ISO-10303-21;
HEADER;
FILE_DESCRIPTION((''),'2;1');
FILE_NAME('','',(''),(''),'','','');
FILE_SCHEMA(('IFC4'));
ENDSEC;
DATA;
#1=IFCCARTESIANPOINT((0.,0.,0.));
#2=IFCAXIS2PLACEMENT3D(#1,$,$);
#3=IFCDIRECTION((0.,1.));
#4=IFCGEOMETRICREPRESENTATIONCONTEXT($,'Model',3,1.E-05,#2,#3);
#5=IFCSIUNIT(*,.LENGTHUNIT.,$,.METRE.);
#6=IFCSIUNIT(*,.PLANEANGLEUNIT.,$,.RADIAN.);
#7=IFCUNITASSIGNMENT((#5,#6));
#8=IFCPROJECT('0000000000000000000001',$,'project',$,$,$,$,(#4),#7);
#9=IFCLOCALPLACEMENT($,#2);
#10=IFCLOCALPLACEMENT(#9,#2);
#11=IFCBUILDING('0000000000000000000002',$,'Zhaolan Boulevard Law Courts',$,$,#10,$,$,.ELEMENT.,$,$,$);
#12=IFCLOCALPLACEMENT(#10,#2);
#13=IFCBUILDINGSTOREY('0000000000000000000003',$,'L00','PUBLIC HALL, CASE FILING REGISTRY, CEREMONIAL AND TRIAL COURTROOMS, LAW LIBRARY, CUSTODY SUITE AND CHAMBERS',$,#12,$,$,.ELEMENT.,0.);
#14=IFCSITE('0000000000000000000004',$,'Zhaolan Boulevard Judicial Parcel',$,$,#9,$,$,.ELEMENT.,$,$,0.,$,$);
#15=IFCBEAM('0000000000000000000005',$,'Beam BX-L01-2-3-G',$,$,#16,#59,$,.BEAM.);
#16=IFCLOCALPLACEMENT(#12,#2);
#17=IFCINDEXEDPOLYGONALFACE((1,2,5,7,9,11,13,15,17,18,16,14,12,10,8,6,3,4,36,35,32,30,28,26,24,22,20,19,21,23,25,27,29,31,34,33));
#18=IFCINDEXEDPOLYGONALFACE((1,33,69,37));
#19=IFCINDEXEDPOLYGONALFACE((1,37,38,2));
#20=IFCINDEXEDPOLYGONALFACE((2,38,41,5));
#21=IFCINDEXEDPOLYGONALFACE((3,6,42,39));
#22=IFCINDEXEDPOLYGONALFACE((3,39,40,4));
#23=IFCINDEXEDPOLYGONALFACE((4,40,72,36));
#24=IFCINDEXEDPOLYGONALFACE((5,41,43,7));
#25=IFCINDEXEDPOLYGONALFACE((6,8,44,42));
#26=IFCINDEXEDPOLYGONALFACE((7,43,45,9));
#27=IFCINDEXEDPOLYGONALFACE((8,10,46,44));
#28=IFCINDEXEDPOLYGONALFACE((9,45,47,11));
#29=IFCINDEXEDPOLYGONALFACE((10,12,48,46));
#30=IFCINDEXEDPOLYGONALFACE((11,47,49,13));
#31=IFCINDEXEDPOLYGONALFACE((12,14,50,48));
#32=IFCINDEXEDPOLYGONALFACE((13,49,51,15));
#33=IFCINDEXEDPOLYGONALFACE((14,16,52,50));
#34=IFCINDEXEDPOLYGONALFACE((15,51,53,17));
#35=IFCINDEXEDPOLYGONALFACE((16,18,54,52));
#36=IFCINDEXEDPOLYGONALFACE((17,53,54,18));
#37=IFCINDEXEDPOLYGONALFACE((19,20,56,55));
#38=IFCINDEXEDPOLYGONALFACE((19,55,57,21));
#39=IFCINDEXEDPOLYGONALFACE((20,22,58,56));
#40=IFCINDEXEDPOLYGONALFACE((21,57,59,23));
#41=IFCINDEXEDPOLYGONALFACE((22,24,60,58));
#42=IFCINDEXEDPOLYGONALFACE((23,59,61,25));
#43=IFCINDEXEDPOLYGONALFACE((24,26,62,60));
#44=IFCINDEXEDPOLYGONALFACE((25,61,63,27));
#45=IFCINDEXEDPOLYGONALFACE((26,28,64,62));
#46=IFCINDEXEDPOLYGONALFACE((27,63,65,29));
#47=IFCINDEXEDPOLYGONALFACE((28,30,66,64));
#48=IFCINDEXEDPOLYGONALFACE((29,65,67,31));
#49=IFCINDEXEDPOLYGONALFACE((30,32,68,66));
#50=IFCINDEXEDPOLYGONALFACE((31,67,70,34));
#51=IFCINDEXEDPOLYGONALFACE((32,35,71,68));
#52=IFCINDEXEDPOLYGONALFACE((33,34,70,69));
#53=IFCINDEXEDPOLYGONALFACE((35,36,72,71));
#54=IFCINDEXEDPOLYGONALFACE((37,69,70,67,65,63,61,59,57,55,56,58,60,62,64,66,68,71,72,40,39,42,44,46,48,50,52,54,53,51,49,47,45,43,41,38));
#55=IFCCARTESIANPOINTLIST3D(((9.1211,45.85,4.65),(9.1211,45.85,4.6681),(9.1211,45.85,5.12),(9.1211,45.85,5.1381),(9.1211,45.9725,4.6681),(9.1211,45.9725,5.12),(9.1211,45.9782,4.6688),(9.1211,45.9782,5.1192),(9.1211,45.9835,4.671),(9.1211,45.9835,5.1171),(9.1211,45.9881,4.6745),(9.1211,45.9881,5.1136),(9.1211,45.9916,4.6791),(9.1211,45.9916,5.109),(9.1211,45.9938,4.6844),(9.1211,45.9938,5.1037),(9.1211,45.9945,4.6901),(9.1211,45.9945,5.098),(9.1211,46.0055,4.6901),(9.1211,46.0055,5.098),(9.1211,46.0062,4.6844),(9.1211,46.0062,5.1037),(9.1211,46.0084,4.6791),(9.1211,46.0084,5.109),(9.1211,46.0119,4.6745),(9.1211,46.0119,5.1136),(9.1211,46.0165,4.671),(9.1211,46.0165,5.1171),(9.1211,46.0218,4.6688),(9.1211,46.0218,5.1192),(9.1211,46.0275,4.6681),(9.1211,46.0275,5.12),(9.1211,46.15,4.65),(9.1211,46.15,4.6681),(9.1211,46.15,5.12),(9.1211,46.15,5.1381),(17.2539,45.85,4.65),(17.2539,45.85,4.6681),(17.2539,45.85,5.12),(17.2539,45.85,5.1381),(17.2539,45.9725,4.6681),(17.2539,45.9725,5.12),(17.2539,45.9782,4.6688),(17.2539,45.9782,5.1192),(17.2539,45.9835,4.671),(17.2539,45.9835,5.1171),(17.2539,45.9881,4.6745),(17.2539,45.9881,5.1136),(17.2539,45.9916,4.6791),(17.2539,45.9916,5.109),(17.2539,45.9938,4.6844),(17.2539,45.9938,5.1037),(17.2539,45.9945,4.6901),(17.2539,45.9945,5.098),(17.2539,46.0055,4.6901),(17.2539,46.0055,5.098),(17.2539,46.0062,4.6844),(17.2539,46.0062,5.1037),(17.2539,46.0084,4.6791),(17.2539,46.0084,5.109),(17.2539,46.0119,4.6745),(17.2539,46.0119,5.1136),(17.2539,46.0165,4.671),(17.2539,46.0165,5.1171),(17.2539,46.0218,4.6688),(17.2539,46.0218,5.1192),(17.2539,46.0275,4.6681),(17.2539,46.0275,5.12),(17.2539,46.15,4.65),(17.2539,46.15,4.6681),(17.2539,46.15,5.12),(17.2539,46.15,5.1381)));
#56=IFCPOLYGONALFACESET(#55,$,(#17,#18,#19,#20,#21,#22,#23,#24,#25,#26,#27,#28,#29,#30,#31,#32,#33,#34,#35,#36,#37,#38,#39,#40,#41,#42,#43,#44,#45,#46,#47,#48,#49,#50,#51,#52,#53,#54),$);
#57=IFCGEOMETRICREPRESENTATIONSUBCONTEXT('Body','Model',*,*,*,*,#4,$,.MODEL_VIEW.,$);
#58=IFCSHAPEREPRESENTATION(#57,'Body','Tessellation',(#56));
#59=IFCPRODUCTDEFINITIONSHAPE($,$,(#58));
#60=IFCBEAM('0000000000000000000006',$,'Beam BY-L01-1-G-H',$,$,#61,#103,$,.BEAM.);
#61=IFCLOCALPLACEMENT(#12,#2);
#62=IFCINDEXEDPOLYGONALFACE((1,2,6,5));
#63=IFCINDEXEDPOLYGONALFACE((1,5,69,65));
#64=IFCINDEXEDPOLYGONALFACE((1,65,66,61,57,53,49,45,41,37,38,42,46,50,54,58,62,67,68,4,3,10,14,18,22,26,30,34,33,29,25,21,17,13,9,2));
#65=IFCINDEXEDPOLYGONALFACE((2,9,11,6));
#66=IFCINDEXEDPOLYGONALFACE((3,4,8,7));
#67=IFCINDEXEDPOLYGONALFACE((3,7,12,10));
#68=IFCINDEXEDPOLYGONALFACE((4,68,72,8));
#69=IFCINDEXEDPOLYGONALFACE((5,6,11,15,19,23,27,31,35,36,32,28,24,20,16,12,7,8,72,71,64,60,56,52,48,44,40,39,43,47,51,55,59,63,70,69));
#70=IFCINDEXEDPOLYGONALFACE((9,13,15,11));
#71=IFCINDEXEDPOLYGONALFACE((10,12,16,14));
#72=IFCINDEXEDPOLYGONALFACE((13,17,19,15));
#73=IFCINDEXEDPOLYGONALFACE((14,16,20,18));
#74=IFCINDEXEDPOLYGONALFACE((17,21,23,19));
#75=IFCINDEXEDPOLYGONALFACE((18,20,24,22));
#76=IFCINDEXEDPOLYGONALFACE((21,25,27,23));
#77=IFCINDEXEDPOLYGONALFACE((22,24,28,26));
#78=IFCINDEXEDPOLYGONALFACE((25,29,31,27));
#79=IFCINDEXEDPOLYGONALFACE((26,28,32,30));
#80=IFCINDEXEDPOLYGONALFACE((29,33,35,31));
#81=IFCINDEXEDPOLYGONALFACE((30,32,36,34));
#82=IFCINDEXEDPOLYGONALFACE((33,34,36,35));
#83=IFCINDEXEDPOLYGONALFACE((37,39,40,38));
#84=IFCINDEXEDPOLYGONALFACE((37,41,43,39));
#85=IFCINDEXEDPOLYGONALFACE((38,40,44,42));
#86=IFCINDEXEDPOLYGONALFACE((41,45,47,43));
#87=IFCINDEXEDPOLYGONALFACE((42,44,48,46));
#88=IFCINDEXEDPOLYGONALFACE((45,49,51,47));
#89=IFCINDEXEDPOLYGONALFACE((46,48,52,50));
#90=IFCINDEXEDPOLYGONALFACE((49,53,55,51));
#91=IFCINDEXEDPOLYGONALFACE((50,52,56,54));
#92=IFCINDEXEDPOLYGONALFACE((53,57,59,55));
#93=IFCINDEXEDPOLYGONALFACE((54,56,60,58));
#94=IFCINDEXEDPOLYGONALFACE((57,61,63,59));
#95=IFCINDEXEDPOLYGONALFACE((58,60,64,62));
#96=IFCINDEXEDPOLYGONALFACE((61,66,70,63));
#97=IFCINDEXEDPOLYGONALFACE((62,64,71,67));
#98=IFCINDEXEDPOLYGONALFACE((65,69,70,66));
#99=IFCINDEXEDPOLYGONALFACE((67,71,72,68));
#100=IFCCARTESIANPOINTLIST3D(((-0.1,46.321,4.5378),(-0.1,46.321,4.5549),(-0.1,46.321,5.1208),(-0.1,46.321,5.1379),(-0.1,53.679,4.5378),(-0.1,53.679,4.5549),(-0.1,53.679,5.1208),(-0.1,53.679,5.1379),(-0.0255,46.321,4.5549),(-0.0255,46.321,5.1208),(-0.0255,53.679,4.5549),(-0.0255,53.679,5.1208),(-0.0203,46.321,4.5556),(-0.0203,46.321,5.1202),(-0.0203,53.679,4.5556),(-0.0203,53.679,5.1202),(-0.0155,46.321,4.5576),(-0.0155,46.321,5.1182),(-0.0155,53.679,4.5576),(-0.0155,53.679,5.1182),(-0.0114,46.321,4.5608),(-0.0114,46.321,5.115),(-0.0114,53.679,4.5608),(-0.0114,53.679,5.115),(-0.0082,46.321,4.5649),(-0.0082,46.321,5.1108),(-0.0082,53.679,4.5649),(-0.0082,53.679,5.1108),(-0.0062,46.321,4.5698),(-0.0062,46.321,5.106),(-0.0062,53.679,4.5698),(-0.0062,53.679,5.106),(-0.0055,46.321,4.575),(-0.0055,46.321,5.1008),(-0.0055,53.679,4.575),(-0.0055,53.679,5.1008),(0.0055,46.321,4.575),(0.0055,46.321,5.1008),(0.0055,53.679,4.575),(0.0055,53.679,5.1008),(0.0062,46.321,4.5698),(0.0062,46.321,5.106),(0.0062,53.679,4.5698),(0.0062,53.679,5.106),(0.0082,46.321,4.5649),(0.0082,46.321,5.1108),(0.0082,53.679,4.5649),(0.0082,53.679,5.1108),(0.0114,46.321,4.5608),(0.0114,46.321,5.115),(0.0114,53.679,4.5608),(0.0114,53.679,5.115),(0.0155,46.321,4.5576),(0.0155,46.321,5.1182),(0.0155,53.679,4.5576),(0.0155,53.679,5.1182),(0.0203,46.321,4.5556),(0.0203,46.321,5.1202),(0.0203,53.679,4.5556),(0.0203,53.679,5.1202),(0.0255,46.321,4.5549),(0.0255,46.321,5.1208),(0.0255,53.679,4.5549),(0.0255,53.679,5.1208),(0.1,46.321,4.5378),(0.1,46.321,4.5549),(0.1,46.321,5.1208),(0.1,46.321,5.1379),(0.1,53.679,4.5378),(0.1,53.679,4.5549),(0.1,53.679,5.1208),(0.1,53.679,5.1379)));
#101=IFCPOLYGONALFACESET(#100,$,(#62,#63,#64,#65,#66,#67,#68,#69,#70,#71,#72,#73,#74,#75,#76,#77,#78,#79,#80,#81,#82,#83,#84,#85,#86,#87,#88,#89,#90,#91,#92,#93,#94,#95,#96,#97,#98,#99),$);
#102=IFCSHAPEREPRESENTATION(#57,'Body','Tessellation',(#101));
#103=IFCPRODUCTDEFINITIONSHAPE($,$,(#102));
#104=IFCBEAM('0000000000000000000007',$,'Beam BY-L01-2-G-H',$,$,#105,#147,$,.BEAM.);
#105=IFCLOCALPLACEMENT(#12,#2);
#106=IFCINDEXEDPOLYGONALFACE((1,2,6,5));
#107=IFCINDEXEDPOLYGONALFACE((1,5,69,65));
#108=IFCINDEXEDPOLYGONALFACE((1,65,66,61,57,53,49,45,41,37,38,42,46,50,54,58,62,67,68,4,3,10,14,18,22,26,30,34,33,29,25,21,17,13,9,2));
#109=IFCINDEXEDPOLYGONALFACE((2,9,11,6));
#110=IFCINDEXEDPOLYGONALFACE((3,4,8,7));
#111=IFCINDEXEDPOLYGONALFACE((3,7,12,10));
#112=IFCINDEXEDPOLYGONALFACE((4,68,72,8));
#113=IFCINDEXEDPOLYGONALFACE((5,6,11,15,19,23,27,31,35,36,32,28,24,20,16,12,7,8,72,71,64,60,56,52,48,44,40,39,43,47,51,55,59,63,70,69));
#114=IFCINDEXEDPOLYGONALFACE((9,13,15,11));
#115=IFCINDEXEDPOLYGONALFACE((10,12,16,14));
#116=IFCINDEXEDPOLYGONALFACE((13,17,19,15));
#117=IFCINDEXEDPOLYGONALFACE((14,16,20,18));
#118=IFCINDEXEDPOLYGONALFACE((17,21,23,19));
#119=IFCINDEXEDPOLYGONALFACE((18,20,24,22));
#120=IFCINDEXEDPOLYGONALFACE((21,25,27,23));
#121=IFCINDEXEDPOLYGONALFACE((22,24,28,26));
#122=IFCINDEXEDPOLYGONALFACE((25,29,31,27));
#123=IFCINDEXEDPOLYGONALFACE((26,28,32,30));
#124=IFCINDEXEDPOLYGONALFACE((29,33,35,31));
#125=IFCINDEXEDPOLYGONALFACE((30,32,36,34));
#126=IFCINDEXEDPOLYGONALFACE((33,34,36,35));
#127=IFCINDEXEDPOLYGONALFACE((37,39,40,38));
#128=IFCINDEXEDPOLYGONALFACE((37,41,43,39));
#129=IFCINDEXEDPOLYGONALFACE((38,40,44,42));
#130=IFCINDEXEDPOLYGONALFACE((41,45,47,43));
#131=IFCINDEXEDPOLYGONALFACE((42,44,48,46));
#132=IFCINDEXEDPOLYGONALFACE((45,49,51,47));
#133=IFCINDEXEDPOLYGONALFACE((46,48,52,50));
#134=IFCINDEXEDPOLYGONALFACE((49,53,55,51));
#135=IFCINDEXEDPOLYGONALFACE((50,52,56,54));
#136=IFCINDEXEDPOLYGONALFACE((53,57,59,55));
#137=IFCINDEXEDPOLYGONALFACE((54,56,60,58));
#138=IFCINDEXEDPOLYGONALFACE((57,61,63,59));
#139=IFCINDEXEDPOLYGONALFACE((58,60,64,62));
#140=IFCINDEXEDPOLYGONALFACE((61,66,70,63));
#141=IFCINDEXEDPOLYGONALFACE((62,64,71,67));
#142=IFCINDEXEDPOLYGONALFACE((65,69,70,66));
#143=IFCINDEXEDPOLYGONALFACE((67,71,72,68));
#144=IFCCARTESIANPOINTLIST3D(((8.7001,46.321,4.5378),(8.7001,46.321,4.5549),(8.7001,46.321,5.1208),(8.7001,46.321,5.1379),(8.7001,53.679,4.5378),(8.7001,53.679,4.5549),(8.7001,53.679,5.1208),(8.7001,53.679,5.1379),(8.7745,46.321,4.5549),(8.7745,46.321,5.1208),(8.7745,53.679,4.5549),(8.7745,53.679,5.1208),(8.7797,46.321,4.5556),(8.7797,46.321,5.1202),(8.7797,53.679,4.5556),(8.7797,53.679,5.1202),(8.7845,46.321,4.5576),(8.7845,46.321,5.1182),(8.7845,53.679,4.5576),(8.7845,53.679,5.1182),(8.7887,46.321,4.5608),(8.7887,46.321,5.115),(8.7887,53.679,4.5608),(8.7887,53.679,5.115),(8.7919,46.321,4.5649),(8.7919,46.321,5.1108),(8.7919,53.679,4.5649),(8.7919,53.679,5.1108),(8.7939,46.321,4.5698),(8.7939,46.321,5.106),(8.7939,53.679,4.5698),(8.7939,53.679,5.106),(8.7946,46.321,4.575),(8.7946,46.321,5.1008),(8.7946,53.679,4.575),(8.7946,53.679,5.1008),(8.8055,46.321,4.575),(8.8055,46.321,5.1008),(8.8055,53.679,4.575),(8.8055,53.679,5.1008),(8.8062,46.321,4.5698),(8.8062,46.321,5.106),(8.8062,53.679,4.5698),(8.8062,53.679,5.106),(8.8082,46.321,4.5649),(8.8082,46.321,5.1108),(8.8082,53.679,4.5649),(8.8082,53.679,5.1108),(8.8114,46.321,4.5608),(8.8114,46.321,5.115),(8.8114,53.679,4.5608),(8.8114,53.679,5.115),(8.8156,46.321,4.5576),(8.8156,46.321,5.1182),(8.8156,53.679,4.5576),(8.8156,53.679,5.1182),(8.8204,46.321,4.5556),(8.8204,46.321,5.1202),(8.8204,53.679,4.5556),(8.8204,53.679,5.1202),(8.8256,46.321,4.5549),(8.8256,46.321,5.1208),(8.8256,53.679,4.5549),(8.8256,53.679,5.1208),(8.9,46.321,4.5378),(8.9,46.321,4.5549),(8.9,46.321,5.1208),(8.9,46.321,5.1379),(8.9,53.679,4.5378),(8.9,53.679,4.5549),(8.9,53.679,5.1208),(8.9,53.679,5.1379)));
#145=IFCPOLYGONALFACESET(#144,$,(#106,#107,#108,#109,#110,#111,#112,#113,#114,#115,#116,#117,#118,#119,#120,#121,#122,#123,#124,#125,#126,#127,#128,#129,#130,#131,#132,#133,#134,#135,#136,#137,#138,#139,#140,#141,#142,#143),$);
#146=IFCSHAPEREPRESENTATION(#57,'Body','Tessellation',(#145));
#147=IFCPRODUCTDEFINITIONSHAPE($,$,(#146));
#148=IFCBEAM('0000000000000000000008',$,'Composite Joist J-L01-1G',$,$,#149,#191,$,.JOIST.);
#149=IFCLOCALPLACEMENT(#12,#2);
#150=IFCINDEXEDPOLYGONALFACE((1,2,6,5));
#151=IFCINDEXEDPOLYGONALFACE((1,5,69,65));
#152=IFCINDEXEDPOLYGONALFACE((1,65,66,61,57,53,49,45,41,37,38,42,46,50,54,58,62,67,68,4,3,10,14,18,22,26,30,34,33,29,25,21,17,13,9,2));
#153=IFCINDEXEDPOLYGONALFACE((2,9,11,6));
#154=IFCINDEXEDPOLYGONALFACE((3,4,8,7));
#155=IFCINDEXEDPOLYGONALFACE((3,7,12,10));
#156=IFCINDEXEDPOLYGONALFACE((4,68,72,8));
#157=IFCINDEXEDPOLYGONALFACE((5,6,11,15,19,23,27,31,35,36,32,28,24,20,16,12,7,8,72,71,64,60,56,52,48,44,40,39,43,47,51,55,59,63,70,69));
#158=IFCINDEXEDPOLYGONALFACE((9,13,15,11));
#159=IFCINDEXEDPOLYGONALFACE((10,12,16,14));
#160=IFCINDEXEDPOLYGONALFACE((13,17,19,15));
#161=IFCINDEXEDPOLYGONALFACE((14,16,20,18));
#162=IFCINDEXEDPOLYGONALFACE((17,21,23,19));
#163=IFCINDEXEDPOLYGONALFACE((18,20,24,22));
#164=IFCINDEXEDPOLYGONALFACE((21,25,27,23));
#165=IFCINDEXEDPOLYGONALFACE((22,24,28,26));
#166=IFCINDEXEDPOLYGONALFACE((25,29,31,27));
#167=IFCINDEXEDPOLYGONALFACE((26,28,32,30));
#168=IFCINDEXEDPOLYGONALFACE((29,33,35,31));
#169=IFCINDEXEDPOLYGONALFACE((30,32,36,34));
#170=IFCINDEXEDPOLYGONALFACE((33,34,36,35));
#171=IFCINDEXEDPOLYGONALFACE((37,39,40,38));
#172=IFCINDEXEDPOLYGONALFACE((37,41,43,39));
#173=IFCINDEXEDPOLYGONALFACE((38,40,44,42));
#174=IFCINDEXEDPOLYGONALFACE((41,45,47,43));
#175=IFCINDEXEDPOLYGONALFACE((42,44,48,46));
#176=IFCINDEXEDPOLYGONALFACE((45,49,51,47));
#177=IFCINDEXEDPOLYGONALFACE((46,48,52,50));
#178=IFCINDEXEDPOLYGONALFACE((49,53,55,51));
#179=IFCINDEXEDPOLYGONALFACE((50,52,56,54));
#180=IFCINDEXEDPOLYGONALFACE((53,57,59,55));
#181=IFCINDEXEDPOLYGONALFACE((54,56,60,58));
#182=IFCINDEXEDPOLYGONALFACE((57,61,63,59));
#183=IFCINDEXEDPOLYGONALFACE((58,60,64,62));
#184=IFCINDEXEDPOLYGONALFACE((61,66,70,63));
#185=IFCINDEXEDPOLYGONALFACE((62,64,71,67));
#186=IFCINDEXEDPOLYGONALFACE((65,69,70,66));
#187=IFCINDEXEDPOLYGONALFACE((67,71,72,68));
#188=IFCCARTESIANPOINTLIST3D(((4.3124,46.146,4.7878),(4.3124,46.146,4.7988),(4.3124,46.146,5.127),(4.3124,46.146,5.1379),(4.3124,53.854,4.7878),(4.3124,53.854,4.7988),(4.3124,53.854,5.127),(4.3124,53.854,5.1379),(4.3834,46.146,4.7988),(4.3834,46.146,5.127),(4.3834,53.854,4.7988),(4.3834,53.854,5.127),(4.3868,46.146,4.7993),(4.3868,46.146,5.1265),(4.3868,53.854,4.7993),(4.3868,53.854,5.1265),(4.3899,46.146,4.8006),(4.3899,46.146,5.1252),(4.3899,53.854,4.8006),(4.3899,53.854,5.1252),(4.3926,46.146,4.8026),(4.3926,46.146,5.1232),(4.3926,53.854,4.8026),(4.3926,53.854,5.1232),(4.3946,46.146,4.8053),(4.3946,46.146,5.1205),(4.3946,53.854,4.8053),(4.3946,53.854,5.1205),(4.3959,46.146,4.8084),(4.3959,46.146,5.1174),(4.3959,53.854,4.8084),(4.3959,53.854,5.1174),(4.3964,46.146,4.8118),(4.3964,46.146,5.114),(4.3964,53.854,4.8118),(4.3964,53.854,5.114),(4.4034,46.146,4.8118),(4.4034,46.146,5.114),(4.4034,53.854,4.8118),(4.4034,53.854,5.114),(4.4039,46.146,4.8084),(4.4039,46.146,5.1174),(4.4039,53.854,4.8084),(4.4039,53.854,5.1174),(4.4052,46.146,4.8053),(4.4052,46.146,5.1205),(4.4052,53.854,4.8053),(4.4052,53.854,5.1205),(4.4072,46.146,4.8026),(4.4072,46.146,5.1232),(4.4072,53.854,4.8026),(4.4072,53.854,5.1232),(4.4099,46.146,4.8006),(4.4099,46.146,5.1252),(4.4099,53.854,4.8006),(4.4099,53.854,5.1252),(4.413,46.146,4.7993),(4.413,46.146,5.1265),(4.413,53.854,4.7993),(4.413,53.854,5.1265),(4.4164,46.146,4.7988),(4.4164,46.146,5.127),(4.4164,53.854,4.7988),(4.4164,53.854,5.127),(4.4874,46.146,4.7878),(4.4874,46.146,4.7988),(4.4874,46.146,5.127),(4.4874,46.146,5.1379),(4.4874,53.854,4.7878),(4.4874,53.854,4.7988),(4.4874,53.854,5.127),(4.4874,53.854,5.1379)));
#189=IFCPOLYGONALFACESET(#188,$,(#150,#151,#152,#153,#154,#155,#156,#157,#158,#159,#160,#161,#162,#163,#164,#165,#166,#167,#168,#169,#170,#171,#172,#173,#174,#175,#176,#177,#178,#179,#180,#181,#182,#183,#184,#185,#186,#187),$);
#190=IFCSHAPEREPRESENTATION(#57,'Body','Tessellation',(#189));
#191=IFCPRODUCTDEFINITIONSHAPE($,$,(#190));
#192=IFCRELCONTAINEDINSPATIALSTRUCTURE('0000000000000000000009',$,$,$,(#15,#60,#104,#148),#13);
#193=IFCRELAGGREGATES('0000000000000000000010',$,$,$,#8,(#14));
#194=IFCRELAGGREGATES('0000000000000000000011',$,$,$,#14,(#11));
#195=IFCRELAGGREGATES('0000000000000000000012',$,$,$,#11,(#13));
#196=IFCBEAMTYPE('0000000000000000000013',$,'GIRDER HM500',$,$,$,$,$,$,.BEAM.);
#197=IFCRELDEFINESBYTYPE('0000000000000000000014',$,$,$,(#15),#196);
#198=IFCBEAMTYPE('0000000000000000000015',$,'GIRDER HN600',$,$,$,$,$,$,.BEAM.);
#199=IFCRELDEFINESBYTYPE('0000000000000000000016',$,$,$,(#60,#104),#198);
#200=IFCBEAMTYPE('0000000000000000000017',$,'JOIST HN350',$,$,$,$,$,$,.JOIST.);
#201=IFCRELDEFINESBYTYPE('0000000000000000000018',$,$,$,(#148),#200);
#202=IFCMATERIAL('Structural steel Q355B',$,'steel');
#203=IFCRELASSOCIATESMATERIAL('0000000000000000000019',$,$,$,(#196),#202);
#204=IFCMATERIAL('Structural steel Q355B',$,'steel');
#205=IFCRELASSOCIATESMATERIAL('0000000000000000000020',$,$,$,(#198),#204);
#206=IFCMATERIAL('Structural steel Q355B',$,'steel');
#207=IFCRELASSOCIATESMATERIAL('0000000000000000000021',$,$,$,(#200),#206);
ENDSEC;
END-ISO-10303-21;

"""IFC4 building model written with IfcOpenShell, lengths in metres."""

from ifc_helpers import new_model, si_unit, direction, frame, origin, origin_2d, place, context, subcontext, project, spatial, i_section, extrude, material, material_profile, profile_set, type_object, element, save


model = new_model("IFC4")

# Units and contexts
model_context = context("Model", 3, precision=1e-05, world=origin(), true_north=direction((0.0, 1.0)))
body_context = subcontext(model_context, "Body", "Model", "MODEL_VIEW")
ifc_project = project(units=[si_unit("LENGTHUNIT", "METRE"), si_unit("PLANEANGLEUNIT", "RADIAN")], contexts=[model_context])

# Site, building, storey
site_placement = place(None, origin())
site = spatial("IfcSite", under=ifc_project, at=site_placement, Name="Zhaolan Boulevard Judicial Parcel", CompositionType="ELEMENT", RefElevation=0.0)
building_placement = place(site_placement, origin())
building = spatial("IfcBuilding", under=site, at=building_placement, Name="Zhaolan Boulevard Law Courts", CompositionType="ELEMENT")
storey_placement = place(building_placement, origin())
storey = spatial("IfcBuildingStorey", under=building, at=storey_placement, Name="L00", Description="PUBLIC HALL, CASE FILING REGISTRY, CEREMONIAL AND TRIAL COURTROOMS, LAW LIBRARY, CUSTODY SUITE AND CHAMBERS", CompositionType="ELEMENT", Elevation=0.0)

# Beams
ifc_material_1 = material(Name="Structural steel Q355B", Category="steel")
ifc_material_profile_1 = material_profile(ifc_material_1, i_section(OverallWidth=0.3, OverallDepth=0.488, WebThickness=0.011, FlangeThickness=0.0181, FilletRadius=0.022, at=origin_2d()), Name="HM488x300")
ifc_profile_set_1 = profile_set([ifc_material_profile_1], Name="Structural steel Q355B")
beam_type_1 = type_object("IfcBeamType", Name="GIRDER HM500", PredefinedType="BEAM", material=ifc_profile_set_1)
beam_1_placement = place(storey_placement, frame((9.1211, 46.0, 4.894), z_axis=(1.0, 0.0, 0.0), x_axis=(0.0, 1.0, 0.0)))
element("IfcBeam", 1, at=beam_1_placement, inside=storey, type_object=beam_type_1, Name="Beam BX-L01-2-3-G", PredefinedType="BEAM", context=body_context, shape_type="SweptSolid", body=[
    extrude(i_section(OverallWidth=0.3, OverallDepth=0.488, WebThickness=0.011, FlangeThickness=0.0181, FilletRadius=0.022, at=origin_2d()), origin(), (0.0, 0.0, 1.0), 8.1328),
])
ifc_material_2 = material(Name="Structural steel Q355B", Category="steel")
ifc_material_profile_2 = material_profile(ifc_material_2, i_section(OverallWidth=0.2, OverallDepth=0.6001, WebThickness=0.011, FlangeThickness=0.0171, FilletRadius=0.02, at=origin_2d()), Name="HN600x200")
ifc_profile_set_2 = profile_set([ifc_material_profile_2], Name="Structural steel Q355B")
beam_type_2 = type_object("IfcBeamType", Name="GIRDER HN600", PredefinedType="BEAM", material=ifc_profile_set_2)
for number, where, z_axis, x_axis, name in (
    (2, (0.0, 46.321, 4.8379), (0.0, 1.0, 0.0), (-1.0, 0.0, 0.0), "Beam BY-L01-1-G-H"),
    (3, (8.8, 46.321, 4.8379), (0.0, 1.0, 0.0), (-1.0, 0.0, 0.0), "Beam BY-L01-2-G-H"),
):
    element("IfcBeam", number, at=place(storey_placement, frame(where, z_axis=z_axis, x_axis=x_axis)), inside=storey, type_object=beam_type_2, Name=name, PredefinedType="BEAM", context=body_context, shape_type="SweptSolid", body=[
        extrude(i_section(OverallWidth=0.2, OverallDepth=0.6001, WebThickness=0.011, FlangeThickness=0.0171, FilletRadius=0.02, at=origin_2d()), origin(), (0.0, 0.0, 1.0), 7.3579),
    ])
ifc_material_3 = material(Name="Structural steel Q355B", Category="steel")
ifc_material_profile_3 = material_profile(ifc_material_3, i_section(OverallWidth=0.175, OverallDepth=0.3501, WebThickness=0.0071, FlangeThickness=0.011, FilletRadius=0.0129, at=origin_2d()), Name="HN350x175")
ifc_profile_set_3 = profile_set([ifc_material_profile_3], Name="Structural steel Q355B")
beam_type_3 = type_object("IfcBeamType", Name="JOIST HN350", PredefinedType="JOIST", material=ifc_profile_set_3)
beam_2_placement = place(storey_placement, frame((4.3999, 46.146, 4.9629), z_axis=(0.0, 1.0, 0.0), x_axis=(-1.0, 0.0, 0.0)))
element("IfcBeam", 4, at=beam_2_placement, inside=storey, type_object=beam_type_3, Name="Composite Joist J-L01-1G", PredefinedType="JOIST", context=body_context, shape_type="SweptSolid", body=[
    extrude(i_section(OverallWidth=0.175, OverallDepth=0.3501, WebThickness=0.0071, FlangeThickness=0.011, FilletRadius=0.0129, at=origin_2d()), origin(), (0.0, 0.0, 1.0), 7.708),
])

save(model, "model.ifc")
